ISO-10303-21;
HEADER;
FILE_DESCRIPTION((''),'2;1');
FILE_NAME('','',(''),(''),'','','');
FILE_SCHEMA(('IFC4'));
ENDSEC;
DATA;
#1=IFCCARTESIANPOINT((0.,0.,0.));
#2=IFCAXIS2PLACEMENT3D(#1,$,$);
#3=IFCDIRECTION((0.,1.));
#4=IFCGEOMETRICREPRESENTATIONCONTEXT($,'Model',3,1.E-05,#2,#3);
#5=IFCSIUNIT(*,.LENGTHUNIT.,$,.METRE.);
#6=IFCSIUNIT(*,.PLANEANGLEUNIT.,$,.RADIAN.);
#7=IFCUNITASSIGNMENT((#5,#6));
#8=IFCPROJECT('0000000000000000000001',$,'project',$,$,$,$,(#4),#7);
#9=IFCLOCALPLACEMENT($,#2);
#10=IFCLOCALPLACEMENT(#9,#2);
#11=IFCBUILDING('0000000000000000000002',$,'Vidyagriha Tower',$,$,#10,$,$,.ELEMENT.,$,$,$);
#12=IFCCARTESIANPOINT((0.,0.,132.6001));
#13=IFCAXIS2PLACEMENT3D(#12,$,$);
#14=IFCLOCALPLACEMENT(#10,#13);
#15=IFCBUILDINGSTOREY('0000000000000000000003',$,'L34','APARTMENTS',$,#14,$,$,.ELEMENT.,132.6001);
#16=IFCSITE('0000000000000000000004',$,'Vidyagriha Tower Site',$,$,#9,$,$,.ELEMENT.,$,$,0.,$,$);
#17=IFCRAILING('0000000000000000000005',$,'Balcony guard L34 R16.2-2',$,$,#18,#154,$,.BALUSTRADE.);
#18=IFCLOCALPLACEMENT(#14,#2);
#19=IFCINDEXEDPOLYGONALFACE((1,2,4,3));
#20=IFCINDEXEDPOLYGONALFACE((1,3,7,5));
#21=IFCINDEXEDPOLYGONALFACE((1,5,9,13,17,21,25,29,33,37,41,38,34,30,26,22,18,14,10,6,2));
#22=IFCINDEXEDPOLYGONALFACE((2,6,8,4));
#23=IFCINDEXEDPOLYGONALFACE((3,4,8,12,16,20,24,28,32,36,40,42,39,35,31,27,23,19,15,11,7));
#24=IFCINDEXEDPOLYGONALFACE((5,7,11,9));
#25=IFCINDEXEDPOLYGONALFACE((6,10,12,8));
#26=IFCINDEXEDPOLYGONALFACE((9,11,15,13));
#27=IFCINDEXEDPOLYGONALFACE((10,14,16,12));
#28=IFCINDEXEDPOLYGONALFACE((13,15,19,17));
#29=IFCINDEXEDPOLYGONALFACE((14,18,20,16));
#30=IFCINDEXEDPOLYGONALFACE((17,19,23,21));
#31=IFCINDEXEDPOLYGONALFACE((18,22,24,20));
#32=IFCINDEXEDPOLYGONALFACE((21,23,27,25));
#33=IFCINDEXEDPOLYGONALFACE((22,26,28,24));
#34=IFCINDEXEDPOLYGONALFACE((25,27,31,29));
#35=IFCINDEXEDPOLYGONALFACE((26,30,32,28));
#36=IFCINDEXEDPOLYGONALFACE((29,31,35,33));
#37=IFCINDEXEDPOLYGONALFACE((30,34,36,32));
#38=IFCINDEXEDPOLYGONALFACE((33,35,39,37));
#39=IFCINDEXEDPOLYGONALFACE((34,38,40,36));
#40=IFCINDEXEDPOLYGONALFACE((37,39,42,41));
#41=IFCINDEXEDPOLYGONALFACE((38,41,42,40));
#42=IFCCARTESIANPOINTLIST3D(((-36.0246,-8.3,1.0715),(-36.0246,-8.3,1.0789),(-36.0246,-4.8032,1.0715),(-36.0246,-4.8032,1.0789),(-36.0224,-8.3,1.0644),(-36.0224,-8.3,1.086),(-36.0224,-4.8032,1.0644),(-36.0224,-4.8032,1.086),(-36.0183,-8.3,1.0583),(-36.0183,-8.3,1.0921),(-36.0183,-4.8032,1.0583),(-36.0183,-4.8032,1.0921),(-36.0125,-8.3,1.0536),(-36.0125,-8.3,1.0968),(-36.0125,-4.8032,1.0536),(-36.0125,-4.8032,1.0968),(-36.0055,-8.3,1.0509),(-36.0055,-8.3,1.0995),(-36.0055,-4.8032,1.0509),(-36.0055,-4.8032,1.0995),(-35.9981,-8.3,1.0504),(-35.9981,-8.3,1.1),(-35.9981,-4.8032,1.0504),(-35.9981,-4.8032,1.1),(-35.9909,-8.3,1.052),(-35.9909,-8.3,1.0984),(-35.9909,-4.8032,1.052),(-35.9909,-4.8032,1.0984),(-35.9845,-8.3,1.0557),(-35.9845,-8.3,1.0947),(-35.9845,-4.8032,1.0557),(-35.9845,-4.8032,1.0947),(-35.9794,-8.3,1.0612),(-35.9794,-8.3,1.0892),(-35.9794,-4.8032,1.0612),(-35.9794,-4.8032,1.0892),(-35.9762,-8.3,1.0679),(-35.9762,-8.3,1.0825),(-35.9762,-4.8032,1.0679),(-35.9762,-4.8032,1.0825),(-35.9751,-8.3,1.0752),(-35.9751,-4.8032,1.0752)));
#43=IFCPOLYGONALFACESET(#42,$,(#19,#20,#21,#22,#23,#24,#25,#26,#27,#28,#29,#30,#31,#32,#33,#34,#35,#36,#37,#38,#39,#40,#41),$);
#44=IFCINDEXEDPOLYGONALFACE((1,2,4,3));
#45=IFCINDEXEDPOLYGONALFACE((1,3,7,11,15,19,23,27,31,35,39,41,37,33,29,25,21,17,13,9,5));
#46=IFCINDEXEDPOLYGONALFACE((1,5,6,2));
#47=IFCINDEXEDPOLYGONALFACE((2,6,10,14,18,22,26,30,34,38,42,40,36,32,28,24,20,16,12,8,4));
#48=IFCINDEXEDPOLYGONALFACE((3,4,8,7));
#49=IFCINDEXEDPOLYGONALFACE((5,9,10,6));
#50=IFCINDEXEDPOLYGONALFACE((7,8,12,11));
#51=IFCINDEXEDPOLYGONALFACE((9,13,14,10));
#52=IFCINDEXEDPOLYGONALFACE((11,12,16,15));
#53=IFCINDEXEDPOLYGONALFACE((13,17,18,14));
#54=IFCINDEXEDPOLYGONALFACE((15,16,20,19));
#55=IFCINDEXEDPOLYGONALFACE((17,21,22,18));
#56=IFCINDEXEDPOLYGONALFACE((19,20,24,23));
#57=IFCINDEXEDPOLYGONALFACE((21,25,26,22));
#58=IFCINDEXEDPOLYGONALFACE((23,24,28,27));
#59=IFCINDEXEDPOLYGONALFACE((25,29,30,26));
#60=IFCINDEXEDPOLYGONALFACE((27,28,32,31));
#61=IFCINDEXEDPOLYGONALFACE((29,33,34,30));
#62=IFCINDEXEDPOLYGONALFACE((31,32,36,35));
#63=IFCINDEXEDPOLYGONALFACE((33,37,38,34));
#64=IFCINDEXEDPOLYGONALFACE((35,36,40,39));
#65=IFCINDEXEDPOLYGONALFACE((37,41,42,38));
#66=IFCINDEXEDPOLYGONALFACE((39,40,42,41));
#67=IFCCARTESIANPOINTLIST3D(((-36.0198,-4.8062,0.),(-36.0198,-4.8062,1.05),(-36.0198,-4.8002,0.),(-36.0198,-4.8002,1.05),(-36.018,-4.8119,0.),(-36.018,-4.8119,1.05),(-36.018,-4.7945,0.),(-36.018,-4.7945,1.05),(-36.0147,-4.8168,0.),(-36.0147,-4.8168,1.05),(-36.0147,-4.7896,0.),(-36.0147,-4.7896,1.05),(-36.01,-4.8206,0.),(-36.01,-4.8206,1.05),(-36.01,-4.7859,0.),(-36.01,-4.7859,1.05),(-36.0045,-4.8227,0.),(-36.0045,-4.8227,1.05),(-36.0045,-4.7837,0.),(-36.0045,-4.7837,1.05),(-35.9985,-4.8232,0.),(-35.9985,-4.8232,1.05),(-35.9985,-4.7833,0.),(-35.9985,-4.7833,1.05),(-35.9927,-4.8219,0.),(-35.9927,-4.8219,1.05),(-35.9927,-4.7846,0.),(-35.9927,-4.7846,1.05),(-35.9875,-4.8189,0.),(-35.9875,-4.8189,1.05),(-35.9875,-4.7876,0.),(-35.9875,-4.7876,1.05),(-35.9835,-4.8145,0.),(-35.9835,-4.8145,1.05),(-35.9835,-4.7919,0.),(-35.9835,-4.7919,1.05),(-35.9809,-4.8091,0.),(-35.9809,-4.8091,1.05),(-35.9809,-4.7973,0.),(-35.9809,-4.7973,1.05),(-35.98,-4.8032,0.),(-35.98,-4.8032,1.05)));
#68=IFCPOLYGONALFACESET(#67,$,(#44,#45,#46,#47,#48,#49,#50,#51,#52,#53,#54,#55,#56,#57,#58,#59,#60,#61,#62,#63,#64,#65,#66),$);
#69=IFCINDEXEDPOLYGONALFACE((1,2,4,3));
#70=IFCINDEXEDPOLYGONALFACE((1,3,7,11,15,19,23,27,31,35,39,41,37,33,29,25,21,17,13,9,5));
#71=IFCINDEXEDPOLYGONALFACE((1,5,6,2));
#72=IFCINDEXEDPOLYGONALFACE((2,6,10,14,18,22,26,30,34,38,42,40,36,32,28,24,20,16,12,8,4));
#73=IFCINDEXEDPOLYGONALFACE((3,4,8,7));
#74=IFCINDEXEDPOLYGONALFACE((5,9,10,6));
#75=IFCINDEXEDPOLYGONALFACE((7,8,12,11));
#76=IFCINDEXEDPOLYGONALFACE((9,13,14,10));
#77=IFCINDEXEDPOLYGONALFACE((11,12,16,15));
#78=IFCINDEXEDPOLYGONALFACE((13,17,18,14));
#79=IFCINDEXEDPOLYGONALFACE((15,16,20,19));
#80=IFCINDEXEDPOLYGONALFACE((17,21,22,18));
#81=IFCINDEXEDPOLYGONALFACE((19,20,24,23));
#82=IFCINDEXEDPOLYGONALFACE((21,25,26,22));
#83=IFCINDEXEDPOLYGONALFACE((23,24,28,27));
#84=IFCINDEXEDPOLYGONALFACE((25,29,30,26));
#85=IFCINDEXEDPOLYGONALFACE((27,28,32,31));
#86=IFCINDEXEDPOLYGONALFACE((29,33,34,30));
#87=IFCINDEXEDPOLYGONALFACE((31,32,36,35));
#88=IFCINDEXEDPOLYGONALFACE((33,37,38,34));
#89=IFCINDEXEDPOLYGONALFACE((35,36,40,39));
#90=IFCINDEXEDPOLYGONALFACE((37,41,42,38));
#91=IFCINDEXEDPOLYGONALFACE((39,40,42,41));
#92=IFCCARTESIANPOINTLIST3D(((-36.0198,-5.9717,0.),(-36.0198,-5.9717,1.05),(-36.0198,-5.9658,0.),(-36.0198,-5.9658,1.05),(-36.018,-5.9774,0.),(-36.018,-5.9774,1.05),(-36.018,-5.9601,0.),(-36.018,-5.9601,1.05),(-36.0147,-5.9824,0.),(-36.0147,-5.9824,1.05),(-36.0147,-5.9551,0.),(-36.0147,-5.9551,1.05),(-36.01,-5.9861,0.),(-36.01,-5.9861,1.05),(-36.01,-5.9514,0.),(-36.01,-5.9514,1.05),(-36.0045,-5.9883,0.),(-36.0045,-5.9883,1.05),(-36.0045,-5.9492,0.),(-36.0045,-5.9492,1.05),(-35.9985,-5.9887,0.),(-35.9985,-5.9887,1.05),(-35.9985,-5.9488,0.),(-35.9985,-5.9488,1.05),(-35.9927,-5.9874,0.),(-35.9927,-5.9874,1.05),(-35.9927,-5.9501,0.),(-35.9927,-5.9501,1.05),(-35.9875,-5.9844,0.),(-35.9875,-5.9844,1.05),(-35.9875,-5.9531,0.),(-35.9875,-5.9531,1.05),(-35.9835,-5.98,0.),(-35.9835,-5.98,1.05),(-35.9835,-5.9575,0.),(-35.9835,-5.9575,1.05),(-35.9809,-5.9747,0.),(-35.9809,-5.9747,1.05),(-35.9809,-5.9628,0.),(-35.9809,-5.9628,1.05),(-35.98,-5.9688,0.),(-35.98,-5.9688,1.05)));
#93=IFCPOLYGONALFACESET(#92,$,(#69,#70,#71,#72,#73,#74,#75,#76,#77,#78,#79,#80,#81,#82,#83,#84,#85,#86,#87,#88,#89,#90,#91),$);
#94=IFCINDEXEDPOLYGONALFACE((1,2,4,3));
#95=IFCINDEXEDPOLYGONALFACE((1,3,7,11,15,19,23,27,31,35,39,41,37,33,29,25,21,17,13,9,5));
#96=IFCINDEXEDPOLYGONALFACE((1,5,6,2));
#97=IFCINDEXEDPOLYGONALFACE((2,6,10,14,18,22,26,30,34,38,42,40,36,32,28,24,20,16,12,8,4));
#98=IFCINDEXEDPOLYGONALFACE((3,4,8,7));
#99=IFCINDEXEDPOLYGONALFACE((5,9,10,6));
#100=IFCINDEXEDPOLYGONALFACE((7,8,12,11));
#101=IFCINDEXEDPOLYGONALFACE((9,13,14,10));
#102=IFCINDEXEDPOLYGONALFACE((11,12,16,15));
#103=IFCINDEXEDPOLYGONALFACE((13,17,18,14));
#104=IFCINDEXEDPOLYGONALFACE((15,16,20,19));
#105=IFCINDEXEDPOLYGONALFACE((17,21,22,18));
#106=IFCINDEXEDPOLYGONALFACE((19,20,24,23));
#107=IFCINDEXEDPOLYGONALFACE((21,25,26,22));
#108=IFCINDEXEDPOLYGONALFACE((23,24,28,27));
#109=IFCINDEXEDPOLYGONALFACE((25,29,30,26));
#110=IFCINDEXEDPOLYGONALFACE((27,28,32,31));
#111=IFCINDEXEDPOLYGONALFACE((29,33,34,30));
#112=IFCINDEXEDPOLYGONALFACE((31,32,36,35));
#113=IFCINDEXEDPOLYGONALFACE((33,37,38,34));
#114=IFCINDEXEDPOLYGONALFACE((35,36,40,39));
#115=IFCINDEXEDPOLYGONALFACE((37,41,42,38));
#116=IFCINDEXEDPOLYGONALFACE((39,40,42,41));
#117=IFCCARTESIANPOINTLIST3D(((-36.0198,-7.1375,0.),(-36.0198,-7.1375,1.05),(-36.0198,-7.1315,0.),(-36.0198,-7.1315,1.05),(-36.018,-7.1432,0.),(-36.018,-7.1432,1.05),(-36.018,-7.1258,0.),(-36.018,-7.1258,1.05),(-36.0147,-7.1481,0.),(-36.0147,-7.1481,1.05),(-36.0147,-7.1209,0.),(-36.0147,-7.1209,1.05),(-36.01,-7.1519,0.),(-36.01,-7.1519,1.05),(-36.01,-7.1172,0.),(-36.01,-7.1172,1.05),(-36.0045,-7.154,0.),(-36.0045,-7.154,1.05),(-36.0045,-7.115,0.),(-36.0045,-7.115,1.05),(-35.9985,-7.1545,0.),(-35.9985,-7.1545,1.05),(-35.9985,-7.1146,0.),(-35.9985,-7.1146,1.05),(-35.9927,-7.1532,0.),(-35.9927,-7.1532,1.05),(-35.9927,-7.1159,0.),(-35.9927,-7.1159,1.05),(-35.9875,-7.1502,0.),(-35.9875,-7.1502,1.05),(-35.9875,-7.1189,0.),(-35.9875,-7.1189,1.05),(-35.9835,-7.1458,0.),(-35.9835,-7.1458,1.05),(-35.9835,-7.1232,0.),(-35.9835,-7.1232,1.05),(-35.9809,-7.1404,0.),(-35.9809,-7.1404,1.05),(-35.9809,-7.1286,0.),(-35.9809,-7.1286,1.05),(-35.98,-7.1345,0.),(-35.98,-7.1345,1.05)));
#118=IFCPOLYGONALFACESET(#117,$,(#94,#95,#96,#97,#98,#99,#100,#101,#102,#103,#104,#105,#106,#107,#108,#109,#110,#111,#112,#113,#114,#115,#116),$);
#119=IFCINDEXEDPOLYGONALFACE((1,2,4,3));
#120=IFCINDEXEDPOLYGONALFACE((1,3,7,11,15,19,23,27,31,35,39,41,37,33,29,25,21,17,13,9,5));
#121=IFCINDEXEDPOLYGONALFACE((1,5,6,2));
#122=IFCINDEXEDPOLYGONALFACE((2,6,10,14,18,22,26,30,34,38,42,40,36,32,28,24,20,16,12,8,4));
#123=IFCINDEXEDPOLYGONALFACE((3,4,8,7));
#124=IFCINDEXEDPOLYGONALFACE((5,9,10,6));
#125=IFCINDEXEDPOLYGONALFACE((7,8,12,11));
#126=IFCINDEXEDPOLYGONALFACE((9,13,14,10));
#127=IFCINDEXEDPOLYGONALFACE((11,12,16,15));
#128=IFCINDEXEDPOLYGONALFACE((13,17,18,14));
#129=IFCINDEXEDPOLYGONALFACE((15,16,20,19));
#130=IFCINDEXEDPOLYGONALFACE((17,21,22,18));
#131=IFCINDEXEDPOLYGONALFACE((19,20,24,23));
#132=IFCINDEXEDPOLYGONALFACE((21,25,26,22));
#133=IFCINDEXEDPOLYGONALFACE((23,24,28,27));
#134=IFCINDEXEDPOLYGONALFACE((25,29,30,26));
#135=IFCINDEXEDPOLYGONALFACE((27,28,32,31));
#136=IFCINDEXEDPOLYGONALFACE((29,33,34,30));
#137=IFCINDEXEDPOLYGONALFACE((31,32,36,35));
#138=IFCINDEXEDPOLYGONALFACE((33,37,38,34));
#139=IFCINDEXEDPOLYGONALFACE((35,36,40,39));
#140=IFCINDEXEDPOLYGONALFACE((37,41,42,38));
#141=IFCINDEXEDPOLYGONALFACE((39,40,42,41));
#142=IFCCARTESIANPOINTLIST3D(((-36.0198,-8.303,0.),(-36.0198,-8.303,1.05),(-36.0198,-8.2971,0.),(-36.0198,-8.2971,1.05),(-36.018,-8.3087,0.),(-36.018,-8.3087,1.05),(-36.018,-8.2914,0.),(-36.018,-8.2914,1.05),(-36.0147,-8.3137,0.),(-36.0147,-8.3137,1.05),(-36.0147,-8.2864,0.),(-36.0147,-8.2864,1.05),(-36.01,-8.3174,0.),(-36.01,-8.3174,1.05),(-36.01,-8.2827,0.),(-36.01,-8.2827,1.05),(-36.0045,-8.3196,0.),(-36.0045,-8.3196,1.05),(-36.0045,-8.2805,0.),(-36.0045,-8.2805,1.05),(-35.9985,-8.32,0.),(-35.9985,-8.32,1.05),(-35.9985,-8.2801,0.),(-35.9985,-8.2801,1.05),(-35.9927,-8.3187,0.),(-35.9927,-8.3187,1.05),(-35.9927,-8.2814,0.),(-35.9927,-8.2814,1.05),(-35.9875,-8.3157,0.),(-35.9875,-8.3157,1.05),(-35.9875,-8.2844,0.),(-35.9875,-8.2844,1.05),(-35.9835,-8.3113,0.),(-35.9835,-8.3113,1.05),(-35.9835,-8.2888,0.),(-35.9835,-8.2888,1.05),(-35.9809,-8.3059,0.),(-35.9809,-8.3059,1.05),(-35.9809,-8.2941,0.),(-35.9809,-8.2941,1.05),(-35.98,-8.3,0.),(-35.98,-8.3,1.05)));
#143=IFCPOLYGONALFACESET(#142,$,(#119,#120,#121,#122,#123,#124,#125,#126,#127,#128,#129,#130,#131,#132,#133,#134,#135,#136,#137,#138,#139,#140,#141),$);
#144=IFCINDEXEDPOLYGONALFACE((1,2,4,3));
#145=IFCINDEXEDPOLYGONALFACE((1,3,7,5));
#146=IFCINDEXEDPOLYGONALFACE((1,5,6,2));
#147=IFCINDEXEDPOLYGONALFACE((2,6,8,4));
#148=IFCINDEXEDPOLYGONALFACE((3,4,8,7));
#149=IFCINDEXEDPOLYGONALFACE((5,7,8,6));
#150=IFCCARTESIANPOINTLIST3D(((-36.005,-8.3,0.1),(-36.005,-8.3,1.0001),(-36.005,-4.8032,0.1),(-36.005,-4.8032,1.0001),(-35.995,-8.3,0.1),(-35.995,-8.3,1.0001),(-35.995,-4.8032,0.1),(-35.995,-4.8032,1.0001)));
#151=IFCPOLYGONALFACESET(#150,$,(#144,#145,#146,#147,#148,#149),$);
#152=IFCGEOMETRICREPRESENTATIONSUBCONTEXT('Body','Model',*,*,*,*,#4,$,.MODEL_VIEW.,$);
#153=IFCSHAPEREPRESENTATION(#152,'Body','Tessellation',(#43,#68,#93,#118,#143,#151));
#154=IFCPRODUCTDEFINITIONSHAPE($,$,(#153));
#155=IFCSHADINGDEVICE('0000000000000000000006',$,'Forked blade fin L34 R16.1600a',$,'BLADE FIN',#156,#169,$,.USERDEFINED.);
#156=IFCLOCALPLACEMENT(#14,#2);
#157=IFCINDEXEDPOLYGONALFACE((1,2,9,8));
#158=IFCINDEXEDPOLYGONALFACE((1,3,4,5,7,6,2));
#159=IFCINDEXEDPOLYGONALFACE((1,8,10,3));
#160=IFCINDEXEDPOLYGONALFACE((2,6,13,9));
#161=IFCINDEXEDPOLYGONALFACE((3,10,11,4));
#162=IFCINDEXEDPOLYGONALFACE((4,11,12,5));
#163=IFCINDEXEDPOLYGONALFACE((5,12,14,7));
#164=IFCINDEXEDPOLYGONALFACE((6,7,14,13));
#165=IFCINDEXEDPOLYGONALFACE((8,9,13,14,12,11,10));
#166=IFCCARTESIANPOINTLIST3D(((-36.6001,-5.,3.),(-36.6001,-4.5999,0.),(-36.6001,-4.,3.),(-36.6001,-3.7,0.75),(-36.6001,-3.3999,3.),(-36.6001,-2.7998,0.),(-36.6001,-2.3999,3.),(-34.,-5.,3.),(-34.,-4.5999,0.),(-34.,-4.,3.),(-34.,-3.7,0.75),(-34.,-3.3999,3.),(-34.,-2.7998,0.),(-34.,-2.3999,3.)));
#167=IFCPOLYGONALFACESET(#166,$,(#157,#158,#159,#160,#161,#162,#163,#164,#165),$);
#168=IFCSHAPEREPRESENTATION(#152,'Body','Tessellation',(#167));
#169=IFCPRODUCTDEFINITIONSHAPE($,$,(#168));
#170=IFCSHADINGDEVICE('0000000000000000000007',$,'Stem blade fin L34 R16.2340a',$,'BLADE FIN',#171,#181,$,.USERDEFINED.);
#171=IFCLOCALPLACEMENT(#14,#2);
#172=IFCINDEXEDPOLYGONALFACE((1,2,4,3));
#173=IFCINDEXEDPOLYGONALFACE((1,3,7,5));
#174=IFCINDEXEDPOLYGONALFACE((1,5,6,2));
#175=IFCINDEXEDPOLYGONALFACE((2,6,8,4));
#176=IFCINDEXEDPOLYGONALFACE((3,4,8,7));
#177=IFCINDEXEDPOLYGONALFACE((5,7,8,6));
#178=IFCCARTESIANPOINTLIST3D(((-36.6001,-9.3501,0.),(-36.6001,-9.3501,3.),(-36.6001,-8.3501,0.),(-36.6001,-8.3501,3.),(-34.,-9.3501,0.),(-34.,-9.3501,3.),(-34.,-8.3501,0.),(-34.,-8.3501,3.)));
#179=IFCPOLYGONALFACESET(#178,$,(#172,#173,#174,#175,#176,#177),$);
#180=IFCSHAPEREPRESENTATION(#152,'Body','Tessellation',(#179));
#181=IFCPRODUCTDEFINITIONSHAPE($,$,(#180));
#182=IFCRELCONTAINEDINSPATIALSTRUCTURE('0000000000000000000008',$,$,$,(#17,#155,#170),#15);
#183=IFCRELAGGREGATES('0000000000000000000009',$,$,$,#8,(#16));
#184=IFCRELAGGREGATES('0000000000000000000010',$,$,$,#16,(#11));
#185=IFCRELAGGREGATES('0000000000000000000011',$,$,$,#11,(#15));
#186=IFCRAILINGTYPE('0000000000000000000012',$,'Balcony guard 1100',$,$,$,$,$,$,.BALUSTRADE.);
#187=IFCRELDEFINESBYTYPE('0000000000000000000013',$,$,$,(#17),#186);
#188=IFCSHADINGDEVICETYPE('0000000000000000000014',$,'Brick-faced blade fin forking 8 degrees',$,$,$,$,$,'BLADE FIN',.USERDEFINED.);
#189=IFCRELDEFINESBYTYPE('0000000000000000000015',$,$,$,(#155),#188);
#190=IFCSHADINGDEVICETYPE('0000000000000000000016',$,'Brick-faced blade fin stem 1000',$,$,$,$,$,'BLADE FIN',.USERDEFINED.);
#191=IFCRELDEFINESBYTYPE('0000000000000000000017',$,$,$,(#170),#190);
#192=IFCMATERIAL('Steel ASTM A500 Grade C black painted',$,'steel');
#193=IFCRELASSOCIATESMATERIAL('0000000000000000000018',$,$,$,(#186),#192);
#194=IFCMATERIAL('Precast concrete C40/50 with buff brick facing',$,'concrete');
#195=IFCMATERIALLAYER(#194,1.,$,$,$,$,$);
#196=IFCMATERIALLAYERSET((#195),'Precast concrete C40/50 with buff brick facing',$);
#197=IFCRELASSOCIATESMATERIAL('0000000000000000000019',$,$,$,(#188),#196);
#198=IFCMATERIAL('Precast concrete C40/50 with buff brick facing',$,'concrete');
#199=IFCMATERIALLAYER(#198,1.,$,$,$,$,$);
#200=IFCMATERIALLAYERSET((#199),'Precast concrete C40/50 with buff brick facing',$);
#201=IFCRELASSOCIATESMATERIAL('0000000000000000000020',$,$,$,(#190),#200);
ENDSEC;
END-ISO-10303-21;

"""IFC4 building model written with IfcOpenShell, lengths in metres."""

from ifc_helpers import new_model, si_unit, direction, frame, origin, origin_2d, place, context, subcontext, project, spatial, polyline, rectangle, circle, outline, extrude, material, layer, layer_set, type_object, element, save


model = new_model("IFC4")

# Units and contexts
model_context = context("Model", 3, precision=1e-05, world=origin(), true_north=direction((0.0, 1.0)))
body_context = subcontext(model_context, "Body", "Model", "MODEL_VIEW")
ifc_project = project(units=[si_unit("LENGTHUNIT", "METRE"), si_unit("PLANEANGLEUNIT", "RADIAN")], contexts=[model_context])

# Site, building, storey
site_placement = place(None, origin())
site = spatial("IfcSite", under=ifc_project, at=site_placement, Name="Vidyagriha Tower Site", CompositionType="ELEMENT", RefElevation=0.0)
building_placement = place(site_placement, origin())
building = spatial("IfcBuilding", under=site, at=building_placement, Name="Vidyagriha Tower", CompositionType="ELEMENT")
storey_placement = place(building_placement, frame((0.0, 0.0, 132.6001)))
storey = spatial("IfcBuildingStorey", under=building, at=storey_placement, Name="L34", Description="APARTMENTS", CompositionType="ELEMENT", Elevation=132.6001)

# Railing
ifc_material_1 = material(Name="Steel ASTM A500 Grade C black painted", Category="steel")
railing_type_1 = type_object("IfcRailingType", Name="Balcony guard 1100", PredefinedType="BALUSTRADE", material=ifc_material_1)
railing_1_placement = place(storey_placement, frame((-36.0, -4.8032, 0.0)))
element("IfcRailing", 1, at=railing_1_placement, inside=storey, type_object=railing_type_1, Name="Balcony guard L34 R16.2-2", PredefinedType="BALUSTRADE", context=body_context, shape_type="SweptSolid", body=[
    extrude(circle(Radius=0.0249, at=origin_2d()), frame((0.0, 0.0, 1.0752), z_axis=(0.0, -1.0, 0.0), x_axis=(1.0, 0.0, 0.0)), (0.0, 0.0, 1.0), 3.4968),
    extrude(circle(Radius=0.02, at=origin_2d()), origin(), (0.0, 0.0, 1.0), 1.05),
    extrude(circle(Radius=0.02, at=origin_2d()), frame((0.0, -1.1655, 0.0)), (0.0, 0.0, 1.0), 1.05),
    extrude(circle(Radius=0.02, at=origin_2d()), frame((0.0, -2.3313, 0.0)), (0.0, 0.0, 1.0), 1.05),
    extrude(circle(Radius=0.02, at=origin_2d()), frame((0.0, -3.4968, 0.0)), (0.0, 0.0, 1.0), 1.05),
    extrude(rectangle(XDim=0.01, YDim=0.9001, at=origin_2d()), frame((0.0, 0.0, 0.55), z_axis=(0.0, -1.0, 0.0), x_axis=(1.0, 0.0, 0.0)), (0.0, 0.0, 1.0), 3.4968),
])

# Shading devices
ifc_material_2 = material(Name="Precast concrete C40/50 with buff brick facing", Category="concrete")
ifc_layer_1 = layer(ifc_material_2, 1.0)
ifc_layer_set_1 = layer_set([ifc_layer_1], Name="Precast concrete C40/50 with buff brick facing")
shading_device_type_1 = type_object("IfcShadingDeviceType", Name="Brick-faced blade fin forking 8 degrees", ElementType="BLADE FIN", PredefinedType="USERDEFINED", material=ifc_layer_set_1)
shading_device_1_placement = place(storey_placement, frame((-35.3, -2.3999, 0.0), z_axis=(0.0, 0.0, 1.0), x_axis=(0.0, -1.0, 0.0)))
element("IfcShadingDevice", 2, at=shading_device_1_placement, inside=storey, type_object=shading_device_type_1, Name="Forked blade fin L34 R16.1600a", ObjectType="BLADE FIN", PredefinedType="USERDEFINED", context=body_context, shape_type="SweptSolid", body=[
    extrude(outline(polyline([(0.3999, 0.0), (2.2, 0.0), (2.6001, 3.0), (1.6001, 3.0), (1.3, 0.75), (1.0, 3.0), (0.0, 3.0), (0.3999, 0.0)])), frame((0.0, 1.3, 0.0), z_axis=(0.0, -1.0, 0.0), x_axis=(1.0, 0.0, 0.0)), (0.0, 0.0, 1.0), 2.6001),
])
ifc_material_3 = material(Name="Precast concrete C40/50 with buff brick facing", Category="concrete")
ifc_layer_2 = layer(ifc_material_3, 1.0)
ifc_layer_set_2 = layer_set([ifc_layer_2], Name="Precast concrete C40/50 with buff brick facing")
shading_device_type_2 = type_object("IfcShadingDeviceType", Name="Brick-faced blade fin stem 1000", ElementType="BLADE FIN", PredefinedType="USERDEFINED", material=ifc_layer_set_2)
shading_device_2_placement = place(storey_placement, frame((-35.3, -8.3501, 0.0), z_axis=(0.0, 0.0, 1.0), x_axis=(0.0, -1.0, 0.0)))
element("IfcShadingDevice", 3, at=shading_device_2_placement, inside=storey, type_object=shading_device_type_2, Name="Stem blade fin L34 R16.2340a", ObjectType="BLADE FIN", PredefinedType="USERDEFINED", context=body_context, shape_type="SweptSolid", body=[
    extrude(outline(polyline([(0.0, 0.0), (1.0, 0.0), (1.0, 3.0), (0.0, 3.0), (0.0, 0.0)])), frame((0.0, 1.3, 0.0), z_axis=(0.0, -1.0, 0.0), x_axis=(1.0, 0.0, 0.0)), (0.0, 0.0, 1.0), 2.6001),
])

save(model, "model.ifc")
